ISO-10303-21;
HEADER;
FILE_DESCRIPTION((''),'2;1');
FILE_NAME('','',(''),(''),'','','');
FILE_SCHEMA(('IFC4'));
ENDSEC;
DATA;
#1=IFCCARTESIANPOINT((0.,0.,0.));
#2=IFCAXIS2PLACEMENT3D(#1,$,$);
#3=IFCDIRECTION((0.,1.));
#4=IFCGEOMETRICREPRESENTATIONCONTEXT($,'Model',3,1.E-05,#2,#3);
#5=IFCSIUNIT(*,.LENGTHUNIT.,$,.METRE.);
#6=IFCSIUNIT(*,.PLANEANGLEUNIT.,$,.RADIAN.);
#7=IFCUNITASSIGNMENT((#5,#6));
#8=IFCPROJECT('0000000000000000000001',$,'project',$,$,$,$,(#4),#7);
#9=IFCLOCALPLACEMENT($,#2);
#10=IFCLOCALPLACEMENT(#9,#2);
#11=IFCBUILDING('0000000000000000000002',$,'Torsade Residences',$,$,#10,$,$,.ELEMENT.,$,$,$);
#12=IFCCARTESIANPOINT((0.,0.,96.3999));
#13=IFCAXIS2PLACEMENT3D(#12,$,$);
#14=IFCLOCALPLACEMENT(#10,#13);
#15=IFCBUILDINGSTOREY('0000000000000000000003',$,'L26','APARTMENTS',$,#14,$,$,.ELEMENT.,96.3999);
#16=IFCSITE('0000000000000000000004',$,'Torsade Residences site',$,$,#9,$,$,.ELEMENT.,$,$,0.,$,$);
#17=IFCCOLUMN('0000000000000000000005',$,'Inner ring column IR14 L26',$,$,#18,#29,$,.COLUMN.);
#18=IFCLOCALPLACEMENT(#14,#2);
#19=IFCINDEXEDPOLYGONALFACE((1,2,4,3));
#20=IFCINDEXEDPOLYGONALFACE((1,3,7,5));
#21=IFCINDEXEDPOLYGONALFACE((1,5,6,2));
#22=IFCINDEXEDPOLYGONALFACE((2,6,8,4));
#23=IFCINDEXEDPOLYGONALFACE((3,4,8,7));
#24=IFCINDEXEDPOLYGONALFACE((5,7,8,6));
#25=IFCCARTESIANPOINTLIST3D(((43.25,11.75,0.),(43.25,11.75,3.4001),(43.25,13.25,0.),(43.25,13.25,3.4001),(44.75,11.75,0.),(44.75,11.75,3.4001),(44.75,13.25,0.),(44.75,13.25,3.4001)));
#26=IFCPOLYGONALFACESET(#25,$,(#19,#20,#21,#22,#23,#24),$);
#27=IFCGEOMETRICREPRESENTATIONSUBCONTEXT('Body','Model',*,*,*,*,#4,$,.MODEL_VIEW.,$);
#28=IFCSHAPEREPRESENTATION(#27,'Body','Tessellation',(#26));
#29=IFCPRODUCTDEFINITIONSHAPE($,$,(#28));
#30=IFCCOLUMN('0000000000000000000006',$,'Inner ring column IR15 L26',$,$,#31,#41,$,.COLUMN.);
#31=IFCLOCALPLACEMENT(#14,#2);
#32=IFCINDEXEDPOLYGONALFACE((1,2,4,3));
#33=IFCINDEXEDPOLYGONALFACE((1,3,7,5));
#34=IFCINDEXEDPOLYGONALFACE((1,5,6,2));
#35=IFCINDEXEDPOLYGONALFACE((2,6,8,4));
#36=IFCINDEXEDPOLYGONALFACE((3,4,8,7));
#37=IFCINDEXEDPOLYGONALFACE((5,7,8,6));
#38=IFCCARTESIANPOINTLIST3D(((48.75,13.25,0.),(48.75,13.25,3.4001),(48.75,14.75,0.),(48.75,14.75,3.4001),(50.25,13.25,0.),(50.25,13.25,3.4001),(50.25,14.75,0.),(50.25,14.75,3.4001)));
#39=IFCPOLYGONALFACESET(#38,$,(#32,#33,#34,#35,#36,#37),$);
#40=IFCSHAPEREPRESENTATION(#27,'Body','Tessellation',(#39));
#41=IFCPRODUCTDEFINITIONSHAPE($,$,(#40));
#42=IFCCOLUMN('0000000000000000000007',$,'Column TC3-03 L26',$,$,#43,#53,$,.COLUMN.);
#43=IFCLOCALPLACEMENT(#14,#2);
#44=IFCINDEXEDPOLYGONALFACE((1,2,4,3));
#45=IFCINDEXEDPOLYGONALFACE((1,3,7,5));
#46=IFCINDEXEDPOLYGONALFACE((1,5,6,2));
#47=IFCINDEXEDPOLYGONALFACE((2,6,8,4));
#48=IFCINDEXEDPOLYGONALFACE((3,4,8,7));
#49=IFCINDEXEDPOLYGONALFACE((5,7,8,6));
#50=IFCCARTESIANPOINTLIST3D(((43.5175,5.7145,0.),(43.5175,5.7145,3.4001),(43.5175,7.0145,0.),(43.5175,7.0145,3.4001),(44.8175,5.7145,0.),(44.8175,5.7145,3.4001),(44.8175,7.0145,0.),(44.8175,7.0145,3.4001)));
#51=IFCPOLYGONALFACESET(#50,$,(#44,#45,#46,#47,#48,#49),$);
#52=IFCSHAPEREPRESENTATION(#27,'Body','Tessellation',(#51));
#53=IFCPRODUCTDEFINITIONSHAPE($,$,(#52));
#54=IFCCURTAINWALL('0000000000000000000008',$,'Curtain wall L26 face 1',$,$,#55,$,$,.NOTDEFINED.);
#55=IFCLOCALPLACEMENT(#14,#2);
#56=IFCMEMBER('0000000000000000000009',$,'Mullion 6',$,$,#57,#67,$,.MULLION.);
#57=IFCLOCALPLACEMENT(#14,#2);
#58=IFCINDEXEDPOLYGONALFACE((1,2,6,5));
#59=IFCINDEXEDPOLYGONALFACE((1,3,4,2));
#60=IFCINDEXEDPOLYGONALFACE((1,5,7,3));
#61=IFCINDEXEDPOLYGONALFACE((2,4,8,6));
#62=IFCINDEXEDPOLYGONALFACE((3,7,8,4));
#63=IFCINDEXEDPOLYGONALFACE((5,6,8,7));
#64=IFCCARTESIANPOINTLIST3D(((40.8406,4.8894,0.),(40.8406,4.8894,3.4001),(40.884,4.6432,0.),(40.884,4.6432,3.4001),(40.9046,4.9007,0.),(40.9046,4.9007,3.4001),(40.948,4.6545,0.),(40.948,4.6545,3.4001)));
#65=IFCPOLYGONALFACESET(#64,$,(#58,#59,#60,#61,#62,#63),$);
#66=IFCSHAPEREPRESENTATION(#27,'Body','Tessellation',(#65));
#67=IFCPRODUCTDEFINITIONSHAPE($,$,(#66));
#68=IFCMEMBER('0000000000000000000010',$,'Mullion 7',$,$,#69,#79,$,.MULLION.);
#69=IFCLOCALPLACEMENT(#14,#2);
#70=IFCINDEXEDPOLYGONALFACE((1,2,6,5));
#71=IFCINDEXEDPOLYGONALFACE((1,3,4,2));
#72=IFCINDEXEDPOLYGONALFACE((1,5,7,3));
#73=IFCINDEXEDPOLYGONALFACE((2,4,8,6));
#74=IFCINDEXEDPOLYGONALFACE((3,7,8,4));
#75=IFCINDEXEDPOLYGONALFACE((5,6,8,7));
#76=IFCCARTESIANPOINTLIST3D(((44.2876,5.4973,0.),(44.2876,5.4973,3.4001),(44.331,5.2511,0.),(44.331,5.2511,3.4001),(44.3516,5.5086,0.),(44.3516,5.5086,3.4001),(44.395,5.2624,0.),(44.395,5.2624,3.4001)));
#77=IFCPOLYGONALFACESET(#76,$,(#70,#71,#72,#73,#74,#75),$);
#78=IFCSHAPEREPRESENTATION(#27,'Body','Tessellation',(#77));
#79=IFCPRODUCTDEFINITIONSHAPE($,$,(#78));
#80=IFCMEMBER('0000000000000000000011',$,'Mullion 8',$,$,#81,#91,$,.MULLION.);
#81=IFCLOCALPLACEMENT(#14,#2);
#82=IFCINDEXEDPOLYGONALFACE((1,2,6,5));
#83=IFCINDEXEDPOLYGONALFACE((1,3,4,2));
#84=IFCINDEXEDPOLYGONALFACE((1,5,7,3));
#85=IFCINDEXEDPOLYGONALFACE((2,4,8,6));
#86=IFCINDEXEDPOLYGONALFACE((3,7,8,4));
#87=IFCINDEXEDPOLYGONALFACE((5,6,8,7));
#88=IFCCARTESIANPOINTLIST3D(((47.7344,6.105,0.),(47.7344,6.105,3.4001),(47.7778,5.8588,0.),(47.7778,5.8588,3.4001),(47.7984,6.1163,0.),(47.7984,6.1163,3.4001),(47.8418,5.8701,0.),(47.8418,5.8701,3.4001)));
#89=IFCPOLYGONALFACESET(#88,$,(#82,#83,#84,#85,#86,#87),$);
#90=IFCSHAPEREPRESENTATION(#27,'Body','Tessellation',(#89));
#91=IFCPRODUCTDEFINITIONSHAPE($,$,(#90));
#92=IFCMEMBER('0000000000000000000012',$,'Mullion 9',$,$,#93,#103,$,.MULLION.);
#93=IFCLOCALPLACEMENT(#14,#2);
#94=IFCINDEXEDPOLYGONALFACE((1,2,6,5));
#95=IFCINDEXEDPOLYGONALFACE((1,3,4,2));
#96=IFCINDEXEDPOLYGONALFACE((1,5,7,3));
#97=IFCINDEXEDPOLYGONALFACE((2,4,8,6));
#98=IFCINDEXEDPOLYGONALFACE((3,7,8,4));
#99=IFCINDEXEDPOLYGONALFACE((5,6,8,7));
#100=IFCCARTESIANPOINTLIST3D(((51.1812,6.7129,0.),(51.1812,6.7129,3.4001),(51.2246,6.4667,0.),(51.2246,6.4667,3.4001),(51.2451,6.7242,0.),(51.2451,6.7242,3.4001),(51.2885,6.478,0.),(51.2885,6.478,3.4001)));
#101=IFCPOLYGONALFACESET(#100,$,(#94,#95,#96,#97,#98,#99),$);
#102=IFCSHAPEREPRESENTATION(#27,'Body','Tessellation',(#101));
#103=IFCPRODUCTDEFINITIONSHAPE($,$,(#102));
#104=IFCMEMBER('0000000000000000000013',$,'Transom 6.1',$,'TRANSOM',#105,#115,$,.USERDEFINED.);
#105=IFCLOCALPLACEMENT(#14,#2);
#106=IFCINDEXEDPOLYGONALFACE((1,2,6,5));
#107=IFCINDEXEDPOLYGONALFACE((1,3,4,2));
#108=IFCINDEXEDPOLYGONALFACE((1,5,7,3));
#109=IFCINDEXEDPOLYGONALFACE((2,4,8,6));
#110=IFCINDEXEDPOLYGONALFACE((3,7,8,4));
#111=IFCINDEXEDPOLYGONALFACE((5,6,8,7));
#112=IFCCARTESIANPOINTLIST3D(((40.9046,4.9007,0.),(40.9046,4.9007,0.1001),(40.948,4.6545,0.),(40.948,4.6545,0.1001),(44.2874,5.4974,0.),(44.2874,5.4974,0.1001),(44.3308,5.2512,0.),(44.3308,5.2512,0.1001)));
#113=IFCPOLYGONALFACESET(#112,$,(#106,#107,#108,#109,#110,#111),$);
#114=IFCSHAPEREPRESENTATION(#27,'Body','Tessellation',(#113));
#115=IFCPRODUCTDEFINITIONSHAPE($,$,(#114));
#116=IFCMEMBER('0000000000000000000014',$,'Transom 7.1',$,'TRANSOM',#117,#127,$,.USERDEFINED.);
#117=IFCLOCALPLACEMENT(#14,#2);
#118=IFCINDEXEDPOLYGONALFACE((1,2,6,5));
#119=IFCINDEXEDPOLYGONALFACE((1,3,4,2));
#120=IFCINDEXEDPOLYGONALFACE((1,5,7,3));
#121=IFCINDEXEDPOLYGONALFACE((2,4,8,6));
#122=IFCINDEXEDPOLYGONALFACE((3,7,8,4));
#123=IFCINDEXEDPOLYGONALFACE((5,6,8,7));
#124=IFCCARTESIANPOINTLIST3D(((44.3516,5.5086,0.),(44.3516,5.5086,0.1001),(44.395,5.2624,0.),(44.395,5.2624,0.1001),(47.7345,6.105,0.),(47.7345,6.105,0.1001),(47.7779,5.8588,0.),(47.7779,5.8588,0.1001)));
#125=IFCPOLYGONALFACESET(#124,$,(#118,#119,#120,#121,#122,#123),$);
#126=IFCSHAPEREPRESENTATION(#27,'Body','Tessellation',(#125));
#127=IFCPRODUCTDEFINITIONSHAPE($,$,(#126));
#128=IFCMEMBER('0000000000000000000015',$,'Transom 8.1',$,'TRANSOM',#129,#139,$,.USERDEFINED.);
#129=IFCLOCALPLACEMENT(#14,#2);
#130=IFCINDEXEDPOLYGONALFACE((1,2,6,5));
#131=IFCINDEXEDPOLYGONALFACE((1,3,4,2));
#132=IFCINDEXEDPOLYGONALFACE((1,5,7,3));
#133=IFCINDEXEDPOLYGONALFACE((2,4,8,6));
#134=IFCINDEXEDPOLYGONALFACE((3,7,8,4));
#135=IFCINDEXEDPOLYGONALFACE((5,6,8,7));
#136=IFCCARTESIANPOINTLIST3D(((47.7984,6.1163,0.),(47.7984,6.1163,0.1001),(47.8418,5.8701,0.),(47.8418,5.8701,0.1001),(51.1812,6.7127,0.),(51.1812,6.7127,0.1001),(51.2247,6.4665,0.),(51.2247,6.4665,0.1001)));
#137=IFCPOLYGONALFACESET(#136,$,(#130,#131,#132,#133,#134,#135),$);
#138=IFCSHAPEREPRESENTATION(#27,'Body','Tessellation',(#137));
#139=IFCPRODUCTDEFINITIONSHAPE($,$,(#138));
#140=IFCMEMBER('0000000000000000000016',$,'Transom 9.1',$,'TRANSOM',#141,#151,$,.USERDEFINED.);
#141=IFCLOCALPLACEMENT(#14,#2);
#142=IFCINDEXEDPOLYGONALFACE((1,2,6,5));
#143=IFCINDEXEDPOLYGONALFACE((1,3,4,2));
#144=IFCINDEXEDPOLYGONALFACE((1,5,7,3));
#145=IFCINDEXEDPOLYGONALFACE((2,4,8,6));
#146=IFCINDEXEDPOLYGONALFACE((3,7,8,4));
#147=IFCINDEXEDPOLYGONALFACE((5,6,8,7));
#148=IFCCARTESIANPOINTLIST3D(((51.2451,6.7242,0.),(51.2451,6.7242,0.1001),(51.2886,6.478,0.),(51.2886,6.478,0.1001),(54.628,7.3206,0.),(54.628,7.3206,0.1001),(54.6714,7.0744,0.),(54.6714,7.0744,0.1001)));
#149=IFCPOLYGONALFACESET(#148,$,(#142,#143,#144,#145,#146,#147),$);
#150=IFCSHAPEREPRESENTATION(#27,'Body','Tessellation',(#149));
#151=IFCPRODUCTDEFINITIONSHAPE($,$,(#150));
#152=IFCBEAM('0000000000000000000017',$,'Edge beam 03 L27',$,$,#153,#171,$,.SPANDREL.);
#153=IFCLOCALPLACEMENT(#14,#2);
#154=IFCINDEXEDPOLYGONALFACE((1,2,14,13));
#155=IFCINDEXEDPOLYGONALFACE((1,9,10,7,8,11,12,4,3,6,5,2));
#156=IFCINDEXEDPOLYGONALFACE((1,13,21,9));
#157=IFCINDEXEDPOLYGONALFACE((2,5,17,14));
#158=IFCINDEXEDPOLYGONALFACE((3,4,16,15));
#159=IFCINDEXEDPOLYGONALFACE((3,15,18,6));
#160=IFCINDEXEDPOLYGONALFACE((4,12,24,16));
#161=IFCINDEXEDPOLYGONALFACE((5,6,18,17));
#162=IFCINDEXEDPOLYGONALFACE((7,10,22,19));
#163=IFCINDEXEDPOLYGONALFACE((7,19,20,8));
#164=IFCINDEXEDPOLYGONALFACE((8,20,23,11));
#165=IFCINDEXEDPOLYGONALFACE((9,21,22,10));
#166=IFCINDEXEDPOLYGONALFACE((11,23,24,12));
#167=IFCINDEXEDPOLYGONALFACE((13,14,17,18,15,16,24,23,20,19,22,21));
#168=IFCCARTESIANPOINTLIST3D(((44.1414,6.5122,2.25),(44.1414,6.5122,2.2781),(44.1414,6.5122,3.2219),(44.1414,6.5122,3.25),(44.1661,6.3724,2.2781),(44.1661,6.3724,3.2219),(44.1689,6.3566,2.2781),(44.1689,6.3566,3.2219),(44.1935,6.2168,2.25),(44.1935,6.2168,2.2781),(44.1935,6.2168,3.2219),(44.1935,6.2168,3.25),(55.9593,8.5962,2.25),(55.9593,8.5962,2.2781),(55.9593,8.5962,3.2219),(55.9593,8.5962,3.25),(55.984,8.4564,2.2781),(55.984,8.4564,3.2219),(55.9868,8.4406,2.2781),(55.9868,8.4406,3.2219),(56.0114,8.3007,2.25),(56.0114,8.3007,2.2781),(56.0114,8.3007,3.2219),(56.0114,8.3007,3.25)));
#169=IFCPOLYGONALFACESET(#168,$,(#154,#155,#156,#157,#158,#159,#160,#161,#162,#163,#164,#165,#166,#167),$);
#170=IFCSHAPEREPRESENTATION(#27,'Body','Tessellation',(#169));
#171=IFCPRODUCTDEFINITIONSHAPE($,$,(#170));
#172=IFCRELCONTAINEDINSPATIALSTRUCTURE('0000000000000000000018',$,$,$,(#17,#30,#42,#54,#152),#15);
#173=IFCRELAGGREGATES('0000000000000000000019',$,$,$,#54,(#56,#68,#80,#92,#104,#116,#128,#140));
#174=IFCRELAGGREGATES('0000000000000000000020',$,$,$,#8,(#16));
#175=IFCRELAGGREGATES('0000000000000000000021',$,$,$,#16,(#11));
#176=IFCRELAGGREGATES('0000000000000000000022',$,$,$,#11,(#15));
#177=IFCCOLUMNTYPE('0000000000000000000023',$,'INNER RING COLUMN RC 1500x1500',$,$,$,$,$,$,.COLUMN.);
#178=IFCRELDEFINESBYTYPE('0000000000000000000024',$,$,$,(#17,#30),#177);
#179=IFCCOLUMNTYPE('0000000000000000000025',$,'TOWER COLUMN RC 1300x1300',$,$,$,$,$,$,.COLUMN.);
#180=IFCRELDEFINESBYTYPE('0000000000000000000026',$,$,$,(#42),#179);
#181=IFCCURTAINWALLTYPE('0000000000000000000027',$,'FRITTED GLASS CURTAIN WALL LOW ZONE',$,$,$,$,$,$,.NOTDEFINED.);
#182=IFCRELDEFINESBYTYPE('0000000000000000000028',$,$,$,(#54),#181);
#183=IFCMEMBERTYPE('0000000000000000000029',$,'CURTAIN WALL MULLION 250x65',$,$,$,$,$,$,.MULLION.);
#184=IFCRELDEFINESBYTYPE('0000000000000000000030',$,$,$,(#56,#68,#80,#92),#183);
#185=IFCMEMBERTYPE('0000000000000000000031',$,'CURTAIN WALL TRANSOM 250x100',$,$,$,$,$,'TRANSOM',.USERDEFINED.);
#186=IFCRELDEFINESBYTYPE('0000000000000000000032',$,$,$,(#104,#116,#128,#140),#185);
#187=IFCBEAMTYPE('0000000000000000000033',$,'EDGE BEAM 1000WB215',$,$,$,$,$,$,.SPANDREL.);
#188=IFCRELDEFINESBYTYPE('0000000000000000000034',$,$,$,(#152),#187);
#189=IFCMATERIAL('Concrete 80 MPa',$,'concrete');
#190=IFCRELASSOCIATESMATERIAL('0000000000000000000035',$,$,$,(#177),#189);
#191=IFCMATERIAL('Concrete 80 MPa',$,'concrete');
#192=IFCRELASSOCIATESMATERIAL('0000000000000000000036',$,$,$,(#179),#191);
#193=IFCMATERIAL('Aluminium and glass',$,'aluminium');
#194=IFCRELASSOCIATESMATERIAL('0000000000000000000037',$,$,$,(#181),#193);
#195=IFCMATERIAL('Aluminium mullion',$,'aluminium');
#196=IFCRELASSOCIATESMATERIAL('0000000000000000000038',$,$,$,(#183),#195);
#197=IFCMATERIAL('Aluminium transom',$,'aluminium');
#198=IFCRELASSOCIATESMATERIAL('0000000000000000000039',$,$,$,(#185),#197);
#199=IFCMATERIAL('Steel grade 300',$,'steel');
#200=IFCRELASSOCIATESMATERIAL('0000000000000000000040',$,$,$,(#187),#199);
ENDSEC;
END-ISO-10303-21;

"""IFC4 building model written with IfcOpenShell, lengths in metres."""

from ifc_helpers import new_model, si_unit, direction, frame, origin, origin_2d, place, context, subcontext, project, spatial, rectangle, i_section, extrude, material, material_profile, profile_set, type_object, element, aggregate, save


model = new_model("IFC4")

# Units and contexts
model_context = context("Model", 3, precision=1e-05, world=origin(), true_north=direction((0.0, 1.0)))
body_context = subcontext(model_context, "Body", "Model", "MODEL_VIEW")
ifc_project = project(units=[si_unit("LENGTHUNIT", "METRE"), si_unit("PLANEANGLEUNIT", "RADIAN")], contexts=[model_context])

# Site, building, storey
site_placement = place(None, origin())
site = spatial("IfcSite", under=ifc_project, at=site_placement, Name="Torsade Residences site", CompositionType="ELEMENT", RefElevation=0.0)
building_placement = place(site_placement, origin())
building = spatial("IfcBuilding", under=site, at=building_placement, Name="Torsade Residences", CompositionType="ELEMENT")
storey_placement = place(building_placement, frame((0.0, 0.0, 96.3999)))
storey = spatial("IfcBuildingStorey", under=building, at=storey_placement, Name="L26", Description="APARTMENTS", CompositionType="ELEMENT", Elevation=96.3999)

# Columns
ifc_material_1 = material(Name="Concrete 80 MPa", Category="concrete")
ifc_material_profile_1 = material_profile(ifc_material_1, rectangle(XDim=1.5, YDim=1.5, at=origin_2d()), Name="RC 1500x1500")
ifc_profile_set_1 = profile_set([ifc_material_profile_1], Name="Concrete 80 MPa")
column_type_1 = type_object("IfcColumnType", Name="INNER RING COLUMN RC 1500x1500", PredefinedType="COLUMN", material=ifc_profile_set_1)
for number, where, z_axis, x_axis, name in (
    (1, (44.0, 12.5, 0.0), (0.0, 0.0, 1.0), (1.0, 0.0, 0.0), "Inner ring column IR14 L26"),
    (2, (49.5, 14.0, 0.0), (0.0, 0.0, 1.0), (1.0, 0.0, 0.0), "Inner ring column IR15 L26"),
):
    element("IfcColumn", number, at=place(storey_placement, frame(where, z_axis=z_axis, x_axis=x_axis)), inside=storey, type_object=column_type_1, Name=name, PredefinedType="COLUMN", context=body_context, shape_type="SweptSolid", body=[
        extrude(rectangle(XDim=1.5, YDim=1.5, at=origin_2d()), origin(), (0.0, 0.0, 1.0), 3.4001),
    ])
ifc_material_2 = material(Name="Concrete 80 MPa", Category="concrete")
ifc_material_profile_2 = material_profile(ifc_material_2, rectangle(XDim=1.3, YDim=1.3, at=origin_2d()), Name="RC 1300x1300")
ifc_profile_set_2 = profile_set([ifc_material_profile_2], Name="Concrete 80 MPa")
column_type_2 = type_object("IfcColumnType", Name="TOWER COLUMN RC 1300x1300", PredefinedType="COLUMN", material=ifc_profile_set_2)
column_placement = place(storey_placement, frame((44.1675, 6.3645, 0.0), z_axis=(0.0, 0.0, 1.0), x_axis=(1.0, 0.0, 0.0)))
element("IfcColumn", 3, at=column_placement, inside=storey, type_object=column_type_2, Name="Column TC3-03 L26", PredefinedType="COLUMN", context=body_context, shape_type="SweptSolid", body=[
    extrude(rectangle(XDim=1.3, YDim=1.3, at=origin_2d()), origin(), (0.0, 0.0, 1.0), 3.4001),
])

# Curtain wall, members
ifc_material_3 = material(Name="Aluminium and glass", Category="aluminium")
curtain_wall_type = type_object("IfcCurtainWallType", Name="FRITTED GLASS CURTAIN WALL LOW ZONE", PredefinedType="NOTDEFINED", material=ifc_material_3)
curtain_wall_placement = place(storey_placement, origin())
curtain_wall = element("IfcCurtainWall", 4, at=curtain_wall_placement, inside=storey, type_object=curtain_wall_type, Name="Curtain wall L26 face 1", PredefinedType="NOTDEFINED")
ifc_material_4 = material(Name="Aluminium mullion", Category="aluminium")
ifc_material_profile_3 = material_profile(ifc_material_4, rectangle(XDim=0.25, YDim=0.0649, at=origin_2d()), Name="CURTAIN WALL MULLION 250x65")
ifc_profile_set_3 = profile_set([ifc_material_profile_3], Name="Aluminium mullion")
member_type_1 = type_object("IfcMemberType", Name="CURTAIN WALL MULLION 250x65", PredefinedType="MULLION", material=ifc_profile_set_3)
member_1_placement = place(storey_placement, frame((40.8943, 4.772, 0.0), z_axis=(0.0, 0.0, 1.0), x_axis=(-0.173648, 0.984808, 0.0)))
member_1 = element("IfcMember", 5, at=member_1_placement, type_object=member_type_1, Name="Mullion 6", PredefinedType="MULLION", context=body_context, shape_type="SweptSolid", body=[
    extrude(rectangle(XDim=0.25, YDim=0.0649, at=origin_2d()), origin(), (0.0, 0.0, 1.0), 3.4001),
])
member_2_placement = place(storey_placement, frame((44.3413, 5.3799, 0.0), z_axis=(0.0, 0.0, 1.0), x_axis=(-0.173648, 0.984808, 0.0)))
member_2 = element("IfcMember", 6, at=member_2_placement, type_object=member_type_1, Name="Mullion 7", PredefinedType="MULLION", context=body_context, shape_type="SweptSolid", body=[
    extrude(rectangle(XDim=0.25, YDim=0.0649, at=origin_2d()), origin(), (0.0, 0.0, 1.0), 3.4001),
])
member_3_placement = place(storey_placement, frame((47.7881, 5.9875, 0.0), z_axis=(0.0, 0.0, 1.0), x_axis=(-0.173648, 0.984808, 0.0)))
member_3 = element("IfcMember", 7, at=member_3_placement, type_object=member_type_1, Name="Mullion 8", PredefinedType="MULLION", context=body_context, shape_type="SweptSolid", body=[
    extrude(rectangle(XDim=0.25, YDim=0.0649, at=origin_2d()), origin(), (0.0, 0.0, 1.0), 3.4001),
])
member_4_placement = place(storey_placement, frame((51.2349, 6.5955, 0.0), z_axis=(0.0, 0.0, 1.0), x_axis=(-0.173648, 0.984808, 0.0)))
member_4 = element("IfcMember", 8, at=member_4_placement, type_object=member_type_1, Name="Mullion 9", PredefinedType="MULLION", context=body_context, shape_type="SweptSolid", body=[
    extrude(rectangle(XDim=0.25, YDim=0.0649, at=origin_2d()), origin(), (0.0, 0.0, 1.0), 3.4001),
])
ifc_material_5 = material(Name="Aluminium transom", Category="aluminium")
ifc_material_profile_4 = material_profile(ifc_material_5, rectangle(XDim=0.25, YDim=0.1001, at=origin_2d()), Name="CURTAIN WALL TRANSOM 250x100")
ifc_profile_set_4 = profile_set([ifc_material_profile_4], Name="Aluminium transom")
member_type_2 = type_object("IfcMemberType", Name="CURTAIN WALL TRANSOM 250x100", ElementType="TRANSOM", PredefinedType="USERDEFINED", material=ifc_profile_set_4)
member_5_placement = place(storey_placement, frame((40.9263, 4.7776, 0.05), z_axis=(0.984798, 0.173704, 0.0), x_axis=(-0.173704, 0.984798, 0.0)))
member_5 = element("IfcMember", 9, at=member_5_placement, type_object=member_type_2, Name="Transom 6.1", ObjectType="TRANSOM", PredefinedType="USERDEFINED", context=body_context, shape_type="SweptSolid", body=[
    extrude(rectangle(XDim=0.25, YDim=0.1001, at=origin_2d()), origin(), (0.0, 0.0, 1.0), 3.4351),
])
member_6_placement = place(storey_placement, frame((44.3733, 5.3855, 0.05), z_axis=(0.98481, 0.173635, 0.0), x_axis=(-0.173635, 0.98481, 0.0)))
member_6 = element("IfcMember", 10, at=member_6_placement, type_object=member_type_2, Name="Transom 7.1", ObjectType="TRANSOM", PredefinedType="USERDEFINED", context=body_context, shape_type="SweptSolid", body=[
    extrude(rectangle(XDim=0.25, YDim=0.1001, at=origin_2d()), origin(), (0.0, 0.0, 1.0), 3.4351),
])
member_7_placement = place(storey_placement, frame((47.8201, 5.9932, 0.05), z_axis=(0.98481, 0.173635, 0.0), x_axis=(-0.173635, 0.98481, 0.0)))
member_7 = element("IfcMember", 11, at=member_7_placement, type_object=member_type_2, Name="Transom 8.1", ObjectType="TRANSOM", PredefinedType="USERDEFINED", context=body_context, shape_type="SweptSolid", body=[
    extrude(rectangle(XDim=0.25, YDim=0.1001, at=origin_2d()), origin(), (0.0, 0.0, 1.0), 3.4351),
])
member_8_placement = place(storey_placement, frame((51.2668, 6.6011, 0.05), z_axis=(0.98481, 0.173635, 0.0), x_axis=(-0.173635, 0.98481, 0.0)))
member_8 = element("IfcMember", 12, at=member_8_placement, type_object=member_type_2, Name="Transom 9.1", ObjectType="TRANSOM", PredefinedType="USERDEFINED", context=body_context, shape_type="SweptSolid", body=[
    extrude(rectangle(XDim=0.25, YDim=0.1001, at=origin_2d()), origin(), (0.0, 0.0, 1.0), 3.4351),
])

# Beam
ifc_material_6 = material(Name="Steel grade 300", Category="steel")
ifc_material_profile_5 = material_profile(ifc_material_6, i_section(OverallWidth=0.3, OverallDepth=1.0, WebThickness=0.0161, FlangeThickness=0.0281, at=origin_2d()), Name="1000WB215")
ifc_profile_set_5 = profile_set([ifc_material_profile_5], Name="Steel grade 300")
beam_type_1 = type_object("IfcBeamType", Name="EDGE BEAM 1000WB215", PredefinedType="SPANDREL", material=ifc_profile_set_5)
beam_1_placement = place(storey_placement, frame((44.1675, 6.3645, 2.75), z_axis=(0.984805, 0.173662, 0.0), x_axis=(-0.173662, 0.984805, 0.0)))
element("IfcBeam", 13, at=beam_1_placement, inside=storey, type_object=beam_type_1, Name="Edge beam 03 L27", PredefinedType="SPANDREL", context=body_context, shape_type="SweptSolid", body=[
    extrude(i_section(OverallWidth=0.3, OverallDepth=1.0, WebThickness=0.0161, FlangeThickness=0.0281, at=origin_2d()), origin(), (0.0, 0.0, 1.0), 12.0002),
])

aggregate(curtain_wall, [member_1, member_2, member_3, member_4, member_5, member_6, member_7, member_8])

save(model, "model.ifc")
